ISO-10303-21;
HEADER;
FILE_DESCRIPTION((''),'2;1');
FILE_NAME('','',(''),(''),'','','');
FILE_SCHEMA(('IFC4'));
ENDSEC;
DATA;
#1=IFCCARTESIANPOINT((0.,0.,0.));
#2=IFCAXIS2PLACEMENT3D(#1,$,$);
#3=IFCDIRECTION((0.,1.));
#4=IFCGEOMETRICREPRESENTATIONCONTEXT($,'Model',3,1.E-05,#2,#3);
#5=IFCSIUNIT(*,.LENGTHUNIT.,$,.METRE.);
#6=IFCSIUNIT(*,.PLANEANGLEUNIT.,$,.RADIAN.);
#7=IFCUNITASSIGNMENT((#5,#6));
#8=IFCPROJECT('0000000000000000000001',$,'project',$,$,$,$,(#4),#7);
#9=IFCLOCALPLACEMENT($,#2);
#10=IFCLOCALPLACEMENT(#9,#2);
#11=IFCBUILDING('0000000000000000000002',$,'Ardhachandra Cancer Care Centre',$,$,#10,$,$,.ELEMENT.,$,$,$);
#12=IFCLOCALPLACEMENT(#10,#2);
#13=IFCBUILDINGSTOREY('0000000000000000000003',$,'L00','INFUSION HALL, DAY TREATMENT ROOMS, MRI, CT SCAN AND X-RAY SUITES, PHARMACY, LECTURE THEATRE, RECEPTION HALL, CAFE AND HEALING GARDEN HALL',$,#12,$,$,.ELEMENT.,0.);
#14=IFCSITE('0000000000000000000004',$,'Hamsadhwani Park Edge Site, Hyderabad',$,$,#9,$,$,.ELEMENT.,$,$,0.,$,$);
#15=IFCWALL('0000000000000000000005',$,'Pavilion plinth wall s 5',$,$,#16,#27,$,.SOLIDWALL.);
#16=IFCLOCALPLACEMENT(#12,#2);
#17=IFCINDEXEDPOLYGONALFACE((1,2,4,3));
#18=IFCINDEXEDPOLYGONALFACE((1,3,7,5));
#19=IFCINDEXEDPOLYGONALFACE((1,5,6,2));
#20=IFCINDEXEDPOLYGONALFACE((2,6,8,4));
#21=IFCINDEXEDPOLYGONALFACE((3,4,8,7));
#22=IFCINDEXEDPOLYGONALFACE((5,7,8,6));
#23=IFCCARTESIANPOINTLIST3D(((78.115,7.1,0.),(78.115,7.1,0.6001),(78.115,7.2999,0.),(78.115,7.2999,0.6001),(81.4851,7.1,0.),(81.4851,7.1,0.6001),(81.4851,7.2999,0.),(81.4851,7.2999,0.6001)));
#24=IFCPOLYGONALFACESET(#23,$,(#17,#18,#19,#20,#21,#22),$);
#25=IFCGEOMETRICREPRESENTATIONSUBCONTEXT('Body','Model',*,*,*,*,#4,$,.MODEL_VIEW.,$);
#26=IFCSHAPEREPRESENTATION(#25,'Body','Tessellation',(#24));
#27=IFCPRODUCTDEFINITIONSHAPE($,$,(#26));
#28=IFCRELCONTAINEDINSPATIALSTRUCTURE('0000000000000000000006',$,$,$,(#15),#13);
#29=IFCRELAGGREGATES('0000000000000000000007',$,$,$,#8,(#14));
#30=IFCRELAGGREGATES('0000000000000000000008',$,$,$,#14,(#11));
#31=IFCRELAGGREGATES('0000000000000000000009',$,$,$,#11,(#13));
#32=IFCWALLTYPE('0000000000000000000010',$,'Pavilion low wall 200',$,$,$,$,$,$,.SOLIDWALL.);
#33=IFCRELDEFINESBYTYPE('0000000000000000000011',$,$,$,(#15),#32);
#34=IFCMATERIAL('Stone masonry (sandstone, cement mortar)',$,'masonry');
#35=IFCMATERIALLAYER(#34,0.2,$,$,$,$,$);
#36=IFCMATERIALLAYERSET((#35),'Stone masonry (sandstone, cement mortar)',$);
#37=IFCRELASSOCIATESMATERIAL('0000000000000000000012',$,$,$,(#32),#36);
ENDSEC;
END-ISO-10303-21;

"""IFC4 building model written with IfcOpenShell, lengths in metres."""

from ifc_helpers import new_model, si_unit, direction, frame, frame_2d, origin, place, context, subcontext, project, spatial, rectangle, extrude, material, layer, layer_set, type_object, element, save


model = new_model("IFC4")

# Units and contexts
model_context = context("Model", 3, precision=1e-05, world=origin(), true_north=direction((0.0, 1.0)))
body_context = subcontext(model_context, "Body", "Model", "MODEL_VIEW")
ifc_project = project(units=[si_unit("LENGTHUNIT", "METRE"), si_unit("PLANEANGLEUNIT", "RADIAN")], contexts=[model_context])

# Site, building, storey
site_placement = place(None, origin())
site = spatial("IfcSite", under=ifc_project, at=site_placement, Name="Hamsadhwani Park Edge Site, Hyderabad", CompositionType="ELEMENT", RefElevation=0.0)
building_placement = place(site_placement, origin())
building = spatial("IfcBuilding", under=site, at=building_placement, Name="Ardhachandra Cancer Care Centre", CompositionType="ELEMENT")
storey_placement = place(building_placement, origin())
storey = spatial("IfcBuildingStorey", under=building, at=storey_placement, Name="L00", Description="INFUSION HALL, DAY TREATMENT ROOMS, MRI, CT SCAN AND X-RAY SUITES, PHARMACY, LECTURE THEATRE, RECEPTION HALL, CAFE AND HEALING GARDEN HALL", CompositionType="ELEMENT", Elevation=0.0)

# Wall
ifc_material_1 = material(Name="Stone masonry (sandstone, cement mortar)", Category="masonry")
ifc_layer_1 = layer(ifc_material_1, 0.2)
ifc_layer_set_1 = layer_set([ifc_layer_1], Name="Stone masonry (sandstone, cement mortar)")
wall_type_1 = type_object("IfcWallType", Name="Pavilion low wall 200", PredefinedType="SOLIDWALL", material=ifc_layer_set_1)
wall_1_placement = place(storey_placement, frame((78.115, 7.2, 0.0), z_axis=(0.0, 0.0, 1.0), x_axis=(1.0, 0.0, 0.0)))
element("IfcWall", 1, at=wall_1_placement, inside=storey, type_object=wall_type_1, Name="Pavilion plinth wall s 5", PredefinedType="SOLIDWALL", context=body_context, shape_type="SweptSolid", body=[
    extrude(rectangle(XDim=3.3701, YDim=0.2, at=frame_2d((1.6851, 0.0))), origin(), (0.0, 0.0, 1.0), 0.6001),
])

save(model, "model.ifc")
